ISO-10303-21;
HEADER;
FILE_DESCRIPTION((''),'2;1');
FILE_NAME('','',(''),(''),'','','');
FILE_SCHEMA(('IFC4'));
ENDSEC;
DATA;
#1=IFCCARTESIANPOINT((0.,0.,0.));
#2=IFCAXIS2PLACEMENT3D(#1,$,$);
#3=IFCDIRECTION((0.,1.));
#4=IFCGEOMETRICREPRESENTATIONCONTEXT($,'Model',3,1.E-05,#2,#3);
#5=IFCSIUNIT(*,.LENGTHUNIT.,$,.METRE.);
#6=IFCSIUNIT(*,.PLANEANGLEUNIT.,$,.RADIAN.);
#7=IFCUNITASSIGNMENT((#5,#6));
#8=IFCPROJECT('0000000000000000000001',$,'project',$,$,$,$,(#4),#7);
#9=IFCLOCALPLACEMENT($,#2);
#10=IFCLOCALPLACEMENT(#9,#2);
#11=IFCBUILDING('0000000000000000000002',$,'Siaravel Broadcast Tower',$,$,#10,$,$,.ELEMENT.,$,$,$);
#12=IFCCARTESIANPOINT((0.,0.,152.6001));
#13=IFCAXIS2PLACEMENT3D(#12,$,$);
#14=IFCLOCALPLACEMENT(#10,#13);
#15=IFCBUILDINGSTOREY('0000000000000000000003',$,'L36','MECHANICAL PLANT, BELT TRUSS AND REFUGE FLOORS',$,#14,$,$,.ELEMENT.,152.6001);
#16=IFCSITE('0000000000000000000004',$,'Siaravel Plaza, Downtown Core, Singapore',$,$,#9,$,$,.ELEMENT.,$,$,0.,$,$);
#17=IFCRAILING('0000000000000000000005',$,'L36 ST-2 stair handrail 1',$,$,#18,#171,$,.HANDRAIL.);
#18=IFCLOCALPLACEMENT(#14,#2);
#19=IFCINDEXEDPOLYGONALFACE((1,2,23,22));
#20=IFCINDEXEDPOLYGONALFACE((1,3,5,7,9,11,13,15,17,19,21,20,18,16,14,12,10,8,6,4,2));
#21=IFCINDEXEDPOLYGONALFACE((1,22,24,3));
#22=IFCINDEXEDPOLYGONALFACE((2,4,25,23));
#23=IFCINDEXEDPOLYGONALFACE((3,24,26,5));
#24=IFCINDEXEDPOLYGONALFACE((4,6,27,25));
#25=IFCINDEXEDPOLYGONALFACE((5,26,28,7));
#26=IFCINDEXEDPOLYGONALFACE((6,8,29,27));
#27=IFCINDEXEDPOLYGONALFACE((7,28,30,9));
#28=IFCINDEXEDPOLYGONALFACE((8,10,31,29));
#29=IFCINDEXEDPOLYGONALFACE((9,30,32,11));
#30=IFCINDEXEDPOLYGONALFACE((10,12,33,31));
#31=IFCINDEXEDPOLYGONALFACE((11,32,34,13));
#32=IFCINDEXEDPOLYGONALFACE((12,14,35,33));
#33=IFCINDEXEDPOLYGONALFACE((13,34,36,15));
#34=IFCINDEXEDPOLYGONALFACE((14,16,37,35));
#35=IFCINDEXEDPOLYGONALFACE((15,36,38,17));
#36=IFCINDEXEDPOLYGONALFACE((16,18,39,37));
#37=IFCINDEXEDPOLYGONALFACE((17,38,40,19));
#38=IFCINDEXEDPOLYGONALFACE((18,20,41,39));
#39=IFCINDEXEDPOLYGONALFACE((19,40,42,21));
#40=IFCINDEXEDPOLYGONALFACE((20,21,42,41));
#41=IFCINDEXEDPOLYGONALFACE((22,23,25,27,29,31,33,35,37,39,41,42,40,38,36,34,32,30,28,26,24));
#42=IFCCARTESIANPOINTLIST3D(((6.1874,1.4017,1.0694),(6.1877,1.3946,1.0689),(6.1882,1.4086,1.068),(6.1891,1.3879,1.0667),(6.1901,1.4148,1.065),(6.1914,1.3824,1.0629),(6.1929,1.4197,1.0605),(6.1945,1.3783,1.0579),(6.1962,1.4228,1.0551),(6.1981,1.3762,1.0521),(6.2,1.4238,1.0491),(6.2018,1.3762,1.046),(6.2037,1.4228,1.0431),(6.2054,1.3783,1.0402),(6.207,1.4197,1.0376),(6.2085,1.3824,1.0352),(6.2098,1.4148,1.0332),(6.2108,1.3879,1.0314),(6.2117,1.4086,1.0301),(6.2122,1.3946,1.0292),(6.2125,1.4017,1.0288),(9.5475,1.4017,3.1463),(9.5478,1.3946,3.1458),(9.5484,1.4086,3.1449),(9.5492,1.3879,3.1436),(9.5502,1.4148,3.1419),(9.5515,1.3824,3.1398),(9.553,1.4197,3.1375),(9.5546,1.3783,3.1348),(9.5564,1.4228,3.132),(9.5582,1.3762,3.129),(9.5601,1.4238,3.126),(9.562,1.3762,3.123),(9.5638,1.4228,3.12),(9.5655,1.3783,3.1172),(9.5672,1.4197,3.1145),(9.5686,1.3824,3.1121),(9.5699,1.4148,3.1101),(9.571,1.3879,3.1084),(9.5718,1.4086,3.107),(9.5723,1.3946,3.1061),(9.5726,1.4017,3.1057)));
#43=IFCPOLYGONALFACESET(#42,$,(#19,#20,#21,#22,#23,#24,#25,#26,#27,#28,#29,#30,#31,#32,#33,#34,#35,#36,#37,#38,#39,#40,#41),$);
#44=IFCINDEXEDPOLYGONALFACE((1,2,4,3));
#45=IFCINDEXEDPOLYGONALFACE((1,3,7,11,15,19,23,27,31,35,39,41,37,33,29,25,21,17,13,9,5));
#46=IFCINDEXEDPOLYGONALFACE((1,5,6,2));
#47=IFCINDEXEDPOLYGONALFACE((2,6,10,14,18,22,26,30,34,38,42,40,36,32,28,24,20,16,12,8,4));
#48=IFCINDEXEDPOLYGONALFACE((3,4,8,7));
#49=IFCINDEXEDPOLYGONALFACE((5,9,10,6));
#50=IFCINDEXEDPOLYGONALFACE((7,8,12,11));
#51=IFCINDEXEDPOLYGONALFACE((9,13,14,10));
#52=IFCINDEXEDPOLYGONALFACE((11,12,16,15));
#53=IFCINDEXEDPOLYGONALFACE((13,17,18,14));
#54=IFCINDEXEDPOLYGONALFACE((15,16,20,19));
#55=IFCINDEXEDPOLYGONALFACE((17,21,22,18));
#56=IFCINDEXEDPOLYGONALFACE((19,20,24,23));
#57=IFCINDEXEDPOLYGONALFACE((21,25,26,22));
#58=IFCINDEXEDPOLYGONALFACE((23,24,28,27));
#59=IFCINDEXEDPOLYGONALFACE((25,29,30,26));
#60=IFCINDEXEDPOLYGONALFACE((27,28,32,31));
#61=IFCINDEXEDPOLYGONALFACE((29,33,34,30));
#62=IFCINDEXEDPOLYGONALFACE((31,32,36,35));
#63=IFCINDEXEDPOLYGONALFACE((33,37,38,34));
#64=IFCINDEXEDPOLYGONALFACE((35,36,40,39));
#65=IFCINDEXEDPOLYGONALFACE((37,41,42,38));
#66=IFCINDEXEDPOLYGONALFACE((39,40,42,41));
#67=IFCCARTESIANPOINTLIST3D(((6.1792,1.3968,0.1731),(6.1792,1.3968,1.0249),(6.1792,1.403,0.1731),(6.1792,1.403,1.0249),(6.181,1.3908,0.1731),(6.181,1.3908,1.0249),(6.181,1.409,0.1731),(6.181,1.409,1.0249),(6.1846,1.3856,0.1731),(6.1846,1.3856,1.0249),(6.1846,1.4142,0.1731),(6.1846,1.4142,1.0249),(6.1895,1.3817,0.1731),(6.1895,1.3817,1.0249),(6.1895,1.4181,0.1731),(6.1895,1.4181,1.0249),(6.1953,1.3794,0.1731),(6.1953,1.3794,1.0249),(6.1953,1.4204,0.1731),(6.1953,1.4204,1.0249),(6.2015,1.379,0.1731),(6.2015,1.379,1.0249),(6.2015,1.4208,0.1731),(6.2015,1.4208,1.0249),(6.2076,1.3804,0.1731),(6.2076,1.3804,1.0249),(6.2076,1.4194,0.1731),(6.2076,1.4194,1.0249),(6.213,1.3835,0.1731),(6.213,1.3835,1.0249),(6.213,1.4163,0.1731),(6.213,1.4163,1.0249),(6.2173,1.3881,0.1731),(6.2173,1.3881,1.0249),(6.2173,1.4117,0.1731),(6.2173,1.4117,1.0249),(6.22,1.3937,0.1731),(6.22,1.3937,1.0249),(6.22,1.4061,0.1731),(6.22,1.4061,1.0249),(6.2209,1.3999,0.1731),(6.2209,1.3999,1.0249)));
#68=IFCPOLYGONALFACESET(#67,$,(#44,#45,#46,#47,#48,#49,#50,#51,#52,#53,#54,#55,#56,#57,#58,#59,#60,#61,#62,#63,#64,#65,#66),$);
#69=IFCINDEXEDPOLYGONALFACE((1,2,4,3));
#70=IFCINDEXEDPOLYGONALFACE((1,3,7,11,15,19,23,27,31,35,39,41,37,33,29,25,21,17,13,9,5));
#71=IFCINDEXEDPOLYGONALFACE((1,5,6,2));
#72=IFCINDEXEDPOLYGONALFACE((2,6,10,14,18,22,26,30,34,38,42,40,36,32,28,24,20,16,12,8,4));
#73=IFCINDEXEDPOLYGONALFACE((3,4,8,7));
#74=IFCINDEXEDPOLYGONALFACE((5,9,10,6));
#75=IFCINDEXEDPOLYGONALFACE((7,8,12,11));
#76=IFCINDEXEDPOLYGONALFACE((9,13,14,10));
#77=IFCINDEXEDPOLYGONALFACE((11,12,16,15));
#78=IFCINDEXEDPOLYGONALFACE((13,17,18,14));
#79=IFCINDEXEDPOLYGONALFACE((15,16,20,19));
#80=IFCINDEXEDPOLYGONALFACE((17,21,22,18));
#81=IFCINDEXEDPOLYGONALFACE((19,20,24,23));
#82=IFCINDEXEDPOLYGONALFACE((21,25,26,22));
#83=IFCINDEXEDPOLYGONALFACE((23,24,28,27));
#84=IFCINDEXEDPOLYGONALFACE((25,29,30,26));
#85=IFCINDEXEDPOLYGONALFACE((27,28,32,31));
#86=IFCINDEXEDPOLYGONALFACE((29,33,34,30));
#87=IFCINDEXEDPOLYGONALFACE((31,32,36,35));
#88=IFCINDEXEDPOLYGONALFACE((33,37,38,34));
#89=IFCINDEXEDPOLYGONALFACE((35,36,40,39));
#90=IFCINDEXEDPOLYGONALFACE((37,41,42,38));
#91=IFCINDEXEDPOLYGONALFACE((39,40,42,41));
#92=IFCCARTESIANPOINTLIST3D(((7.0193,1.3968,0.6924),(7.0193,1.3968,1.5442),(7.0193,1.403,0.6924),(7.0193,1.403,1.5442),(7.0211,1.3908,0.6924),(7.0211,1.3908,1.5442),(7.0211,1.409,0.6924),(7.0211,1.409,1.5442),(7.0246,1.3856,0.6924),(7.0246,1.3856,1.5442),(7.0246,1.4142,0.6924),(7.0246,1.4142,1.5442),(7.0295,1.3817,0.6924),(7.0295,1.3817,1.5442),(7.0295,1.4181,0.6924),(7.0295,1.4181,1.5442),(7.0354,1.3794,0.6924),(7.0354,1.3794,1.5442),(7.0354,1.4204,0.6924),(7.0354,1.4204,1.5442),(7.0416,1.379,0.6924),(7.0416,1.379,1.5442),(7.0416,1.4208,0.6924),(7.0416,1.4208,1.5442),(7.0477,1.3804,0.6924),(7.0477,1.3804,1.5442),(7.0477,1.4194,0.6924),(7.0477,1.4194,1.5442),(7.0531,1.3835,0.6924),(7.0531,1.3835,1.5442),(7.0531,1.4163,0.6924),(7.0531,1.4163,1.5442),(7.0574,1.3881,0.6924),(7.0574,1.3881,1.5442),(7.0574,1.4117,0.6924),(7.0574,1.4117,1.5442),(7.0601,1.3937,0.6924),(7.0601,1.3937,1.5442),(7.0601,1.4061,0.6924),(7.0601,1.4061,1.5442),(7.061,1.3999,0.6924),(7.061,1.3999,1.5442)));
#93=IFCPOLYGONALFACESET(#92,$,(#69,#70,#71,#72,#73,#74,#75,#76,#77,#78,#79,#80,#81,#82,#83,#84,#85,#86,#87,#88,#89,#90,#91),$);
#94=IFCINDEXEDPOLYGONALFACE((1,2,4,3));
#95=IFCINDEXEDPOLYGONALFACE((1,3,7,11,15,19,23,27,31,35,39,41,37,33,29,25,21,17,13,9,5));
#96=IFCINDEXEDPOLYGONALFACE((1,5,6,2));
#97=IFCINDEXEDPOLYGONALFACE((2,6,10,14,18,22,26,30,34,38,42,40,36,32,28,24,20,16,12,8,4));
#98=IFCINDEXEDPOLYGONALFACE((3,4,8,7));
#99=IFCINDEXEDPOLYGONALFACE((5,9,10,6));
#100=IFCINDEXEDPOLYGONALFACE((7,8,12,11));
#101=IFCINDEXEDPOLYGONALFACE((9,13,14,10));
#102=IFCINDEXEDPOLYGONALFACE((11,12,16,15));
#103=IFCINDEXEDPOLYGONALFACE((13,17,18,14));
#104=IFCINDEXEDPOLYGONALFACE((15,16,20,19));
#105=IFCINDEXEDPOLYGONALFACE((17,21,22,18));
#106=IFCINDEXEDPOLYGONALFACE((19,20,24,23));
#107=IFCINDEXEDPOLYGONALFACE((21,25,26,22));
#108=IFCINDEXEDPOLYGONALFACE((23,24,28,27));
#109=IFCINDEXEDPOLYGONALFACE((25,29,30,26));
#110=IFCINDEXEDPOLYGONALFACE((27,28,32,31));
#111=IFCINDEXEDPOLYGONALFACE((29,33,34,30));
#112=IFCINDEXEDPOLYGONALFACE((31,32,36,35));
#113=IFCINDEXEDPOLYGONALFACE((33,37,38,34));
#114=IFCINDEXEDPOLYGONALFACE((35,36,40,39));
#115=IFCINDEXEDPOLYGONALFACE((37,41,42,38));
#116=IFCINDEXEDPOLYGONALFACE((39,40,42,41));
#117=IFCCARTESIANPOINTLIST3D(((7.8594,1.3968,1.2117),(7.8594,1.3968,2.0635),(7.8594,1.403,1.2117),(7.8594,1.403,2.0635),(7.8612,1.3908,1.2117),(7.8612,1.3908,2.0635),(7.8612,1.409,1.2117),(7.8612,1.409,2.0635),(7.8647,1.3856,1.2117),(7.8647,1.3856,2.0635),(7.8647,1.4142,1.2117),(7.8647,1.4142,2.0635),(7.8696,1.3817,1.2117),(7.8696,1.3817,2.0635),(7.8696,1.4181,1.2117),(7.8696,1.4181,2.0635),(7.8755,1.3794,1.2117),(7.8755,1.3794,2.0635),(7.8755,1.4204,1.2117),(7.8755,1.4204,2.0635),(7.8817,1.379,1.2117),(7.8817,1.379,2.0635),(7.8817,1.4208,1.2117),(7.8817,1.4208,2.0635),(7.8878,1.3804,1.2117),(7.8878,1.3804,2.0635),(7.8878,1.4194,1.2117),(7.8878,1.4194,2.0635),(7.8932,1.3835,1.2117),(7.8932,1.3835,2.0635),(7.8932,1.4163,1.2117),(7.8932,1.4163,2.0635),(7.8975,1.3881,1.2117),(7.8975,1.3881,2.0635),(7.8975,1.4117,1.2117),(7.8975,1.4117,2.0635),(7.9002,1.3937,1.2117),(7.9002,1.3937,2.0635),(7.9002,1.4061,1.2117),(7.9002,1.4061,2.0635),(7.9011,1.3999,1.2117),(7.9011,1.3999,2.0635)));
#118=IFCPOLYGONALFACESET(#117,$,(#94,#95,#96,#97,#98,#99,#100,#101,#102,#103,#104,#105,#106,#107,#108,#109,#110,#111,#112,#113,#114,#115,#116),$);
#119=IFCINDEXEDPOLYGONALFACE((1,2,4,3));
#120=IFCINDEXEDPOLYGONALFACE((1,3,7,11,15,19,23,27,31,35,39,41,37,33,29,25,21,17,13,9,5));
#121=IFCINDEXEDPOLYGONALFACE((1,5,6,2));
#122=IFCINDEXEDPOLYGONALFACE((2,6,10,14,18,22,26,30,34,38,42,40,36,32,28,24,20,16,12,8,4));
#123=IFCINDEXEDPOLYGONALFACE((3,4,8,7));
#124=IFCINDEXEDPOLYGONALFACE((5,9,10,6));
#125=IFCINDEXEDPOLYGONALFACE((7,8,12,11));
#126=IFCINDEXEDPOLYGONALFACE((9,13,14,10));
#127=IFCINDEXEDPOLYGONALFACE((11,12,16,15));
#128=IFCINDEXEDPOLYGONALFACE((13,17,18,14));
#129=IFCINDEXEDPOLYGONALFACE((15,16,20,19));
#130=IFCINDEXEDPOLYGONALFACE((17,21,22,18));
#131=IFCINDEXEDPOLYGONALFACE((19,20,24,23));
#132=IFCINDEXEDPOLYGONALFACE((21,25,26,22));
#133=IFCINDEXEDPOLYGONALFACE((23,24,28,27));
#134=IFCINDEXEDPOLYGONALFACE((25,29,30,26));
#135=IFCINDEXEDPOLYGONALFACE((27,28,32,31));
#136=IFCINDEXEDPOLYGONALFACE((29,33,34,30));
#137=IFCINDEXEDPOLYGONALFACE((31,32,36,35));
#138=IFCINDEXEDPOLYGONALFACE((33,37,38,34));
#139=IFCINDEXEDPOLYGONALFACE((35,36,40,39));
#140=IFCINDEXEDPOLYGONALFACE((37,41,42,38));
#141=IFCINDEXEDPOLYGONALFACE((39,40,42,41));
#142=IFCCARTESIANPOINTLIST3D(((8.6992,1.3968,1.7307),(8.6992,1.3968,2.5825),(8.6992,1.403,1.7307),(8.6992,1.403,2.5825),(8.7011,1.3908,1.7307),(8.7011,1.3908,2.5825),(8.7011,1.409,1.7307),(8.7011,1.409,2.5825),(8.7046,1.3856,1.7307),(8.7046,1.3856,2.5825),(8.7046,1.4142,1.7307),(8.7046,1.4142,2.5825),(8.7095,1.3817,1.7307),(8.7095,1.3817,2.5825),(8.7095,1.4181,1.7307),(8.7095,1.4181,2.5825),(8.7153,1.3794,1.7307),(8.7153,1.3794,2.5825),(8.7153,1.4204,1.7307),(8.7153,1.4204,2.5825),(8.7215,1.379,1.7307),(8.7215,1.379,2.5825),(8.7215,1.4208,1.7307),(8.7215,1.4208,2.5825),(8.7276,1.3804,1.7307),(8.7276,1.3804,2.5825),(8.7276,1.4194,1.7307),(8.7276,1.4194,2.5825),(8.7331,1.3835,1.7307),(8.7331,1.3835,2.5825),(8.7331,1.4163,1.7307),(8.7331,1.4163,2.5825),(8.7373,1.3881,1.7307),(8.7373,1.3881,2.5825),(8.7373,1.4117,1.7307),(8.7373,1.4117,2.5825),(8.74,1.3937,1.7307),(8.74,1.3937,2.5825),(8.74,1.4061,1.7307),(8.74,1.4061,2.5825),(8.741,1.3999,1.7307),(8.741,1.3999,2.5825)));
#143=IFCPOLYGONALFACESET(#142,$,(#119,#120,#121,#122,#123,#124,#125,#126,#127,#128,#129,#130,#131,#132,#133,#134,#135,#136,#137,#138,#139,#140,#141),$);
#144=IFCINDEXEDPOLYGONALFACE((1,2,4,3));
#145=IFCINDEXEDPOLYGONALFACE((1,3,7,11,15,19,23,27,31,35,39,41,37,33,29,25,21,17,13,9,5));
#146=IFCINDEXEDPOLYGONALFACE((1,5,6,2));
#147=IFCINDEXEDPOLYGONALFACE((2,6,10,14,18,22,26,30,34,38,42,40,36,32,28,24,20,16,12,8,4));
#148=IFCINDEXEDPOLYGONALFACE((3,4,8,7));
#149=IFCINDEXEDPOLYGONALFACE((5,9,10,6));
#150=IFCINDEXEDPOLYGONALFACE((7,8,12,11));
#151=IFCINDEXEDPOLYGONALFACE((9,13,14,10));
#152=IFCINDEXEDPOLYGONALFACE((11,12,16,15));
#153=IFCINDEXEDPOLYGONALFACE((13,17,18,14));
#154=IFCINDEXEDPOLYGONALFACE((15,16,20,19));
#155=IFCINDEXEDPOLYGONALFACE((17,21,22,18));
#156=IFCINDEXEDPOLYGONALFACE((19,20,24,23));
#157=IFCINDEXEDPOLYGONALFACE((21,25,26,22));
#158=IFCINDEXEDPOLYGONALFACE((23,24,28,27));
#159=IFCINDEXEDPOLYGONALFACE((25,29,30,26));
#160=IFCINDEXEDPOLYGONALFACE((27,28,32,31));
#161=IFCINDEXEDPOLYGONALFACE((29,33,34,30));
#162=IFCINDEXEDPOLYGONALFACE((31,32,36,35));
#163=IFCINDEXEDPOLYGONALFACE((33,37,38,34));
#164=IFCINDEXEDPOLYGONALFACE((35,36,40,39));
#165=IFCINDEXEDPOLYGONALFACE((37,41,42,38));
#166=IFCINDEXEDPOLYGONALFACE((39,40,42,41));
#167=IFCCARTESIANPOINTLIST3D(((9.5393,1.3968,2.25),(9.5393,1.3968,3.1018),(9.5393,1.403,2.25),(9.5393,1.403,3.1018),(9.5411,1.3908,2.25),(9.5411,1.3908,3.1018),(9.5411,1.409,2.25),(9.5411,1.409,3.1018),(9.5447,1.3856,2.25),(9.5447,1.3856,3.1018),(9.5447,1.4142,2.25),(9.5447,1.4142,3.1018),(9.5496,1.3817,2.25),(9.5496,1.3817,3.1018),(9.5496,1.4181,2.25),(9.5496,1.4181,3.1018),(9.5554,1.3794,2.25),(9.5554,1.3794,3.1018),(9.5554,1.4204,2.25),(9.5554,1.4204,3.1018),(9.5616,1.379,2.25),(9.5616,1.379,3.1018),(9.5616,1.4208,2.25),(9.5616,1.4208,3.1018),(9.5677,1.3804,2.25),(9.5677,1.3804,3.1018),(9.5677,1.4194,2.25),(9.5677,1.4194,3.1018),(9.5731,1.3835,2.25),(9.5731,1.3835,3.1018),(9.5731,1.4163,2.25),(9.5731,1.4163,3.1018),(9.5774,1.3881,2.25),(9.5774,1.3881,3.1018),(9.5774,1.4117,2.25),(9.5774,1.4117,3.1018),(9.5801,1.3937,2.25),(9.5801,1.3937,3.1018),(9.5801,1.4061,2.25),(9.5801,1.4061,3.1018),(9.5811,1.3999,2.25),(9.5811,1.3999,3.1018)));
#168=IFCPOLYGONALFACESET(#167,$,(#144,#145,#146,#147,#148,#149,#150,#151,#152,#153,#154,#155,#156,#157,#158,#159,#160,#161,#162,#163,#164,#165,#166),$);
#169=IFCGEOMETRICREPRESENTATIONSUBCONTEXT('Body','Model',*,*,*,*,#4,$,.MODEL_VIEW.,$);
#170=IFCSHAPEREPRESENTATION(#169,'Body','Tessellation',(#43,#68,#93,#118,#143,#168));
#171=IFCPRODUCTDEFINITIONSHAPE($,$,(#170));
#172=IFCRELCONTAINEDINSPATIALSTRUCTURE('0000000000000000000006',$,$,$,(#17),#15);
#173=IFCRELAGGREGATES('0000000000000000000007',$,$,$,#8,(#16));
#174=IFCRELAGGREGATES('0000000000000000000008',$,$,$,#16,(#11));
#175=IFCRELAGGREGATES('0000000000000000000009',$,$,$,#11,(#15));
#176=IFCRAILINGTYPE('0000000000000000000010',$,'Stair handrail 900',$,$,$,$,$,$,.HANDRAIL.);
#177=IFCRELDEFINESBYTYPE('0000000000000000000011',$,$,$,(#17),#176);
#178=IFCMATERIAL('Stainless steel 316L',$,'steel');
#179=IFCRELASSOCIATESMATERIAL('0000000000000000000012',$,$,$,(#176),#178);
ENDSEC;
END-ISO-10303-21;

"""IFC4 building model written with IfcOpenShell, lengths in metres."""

from ifc_helpers import new_model, si_unit, direction, frame, origin, origin_2d, place, context, subcontext, project, spatial, circle, extrude, material, type_object, element, save


model = new_model("IFC4")

# Units and contexts
model_context = context("Model", 3, precision=1e-05, world=origin(), true_north=direction((0.0, 1.0)))
body_context = subcontext(model_context, "Body", "Model", "MODEL_VIEW")
ifc_project = project(units=[si_unit("LENGTHUNIT", "METRE"), si_unit("PLANEANGLEUNIT", "RADIAN")], contexts=[model_context])

# Site, building, storey
site_placement = place(None, origin())
site = spatial("IfcSite", under=ifc_project, at=site_placement, Name="Siaravel Plaza, Downtown Core, Singapore", CompositionType="ELEMENT", RefElevation=0.0)
building_placement = place(site_placement, origin())
building = spatial("IfcBuilding", under=site, at=building_placement, Name="Siaravel Broadcast Tower", CompositionType="ELEMENT")
storey_placement = place(building_placement, frame((0.0, 0.0, 152.6001)))
storey = spatial("IfcBuildingStorey", under=building, at=storey_placement, Name="L36", Description="MECHANICAL PLANT, BELT TRUSS AND REFUGE FLOORS", CompositionType="ELEMENT", Elevation=152.6001)

# Railing
ifc_material_1 = material(Name="Stainless steel 316L", Category="steel")
railing_type_1 = type_object("IfcRailingType", Name="Stair handrail 900", PredefinedType="HANDRAIL", material=ifc_material_1)
railing_1_placement = place(storey_placement, frame((6.2, 1.3999, 0.1731)))
element("IfcRailing", 1, at=railing_1_placement, inside=storey, type_object=railing_type_1, Name="L36 ST-2 stair handrail 1", PredefinedType="HANDRAIL", context=body_context, shape_type="SweptSolid", body=[
    extrude(circle(Radius=0.0239, at=origin_2d()), frame((0.0, 0.0, 0.876), z_axis=(0.850623, 0.0, 0.525776), x_axis=(0.0, 1.0, 0.0)), (0.0, 0.0, 1.0), 3.9502),
    extrude(circle(Radius=0.021, at=origin_2d()), origin(), (0.0, 0.0, 1.0), 0.8518),
    extrude(circle(Radius=0.021, at=origin_2d()), frame((0.8401, 0.0, 0.5193)), (0.0, 0.0, 1.0), 0.8518),
    extrude(circle(Radius=0.021, at=origin_2d()), frame((1.6802, 0.0, 1.0386)), (0.0, 0.0, 1.0), 0.8518),
    extrude(circle(Radius=0.021, at=origin_2d()), frame((2.52, 0.0, 1.5576)), (0.0, 0.0, 1.0), 0.8518),
    extrude(circle(Radius=0.021, at=origin_2d()), frame((3.3601, 0.0, 2.0769)), (0.0, 0.0, 1.0), 0.8518),
])

save(model, "model.ifc")
